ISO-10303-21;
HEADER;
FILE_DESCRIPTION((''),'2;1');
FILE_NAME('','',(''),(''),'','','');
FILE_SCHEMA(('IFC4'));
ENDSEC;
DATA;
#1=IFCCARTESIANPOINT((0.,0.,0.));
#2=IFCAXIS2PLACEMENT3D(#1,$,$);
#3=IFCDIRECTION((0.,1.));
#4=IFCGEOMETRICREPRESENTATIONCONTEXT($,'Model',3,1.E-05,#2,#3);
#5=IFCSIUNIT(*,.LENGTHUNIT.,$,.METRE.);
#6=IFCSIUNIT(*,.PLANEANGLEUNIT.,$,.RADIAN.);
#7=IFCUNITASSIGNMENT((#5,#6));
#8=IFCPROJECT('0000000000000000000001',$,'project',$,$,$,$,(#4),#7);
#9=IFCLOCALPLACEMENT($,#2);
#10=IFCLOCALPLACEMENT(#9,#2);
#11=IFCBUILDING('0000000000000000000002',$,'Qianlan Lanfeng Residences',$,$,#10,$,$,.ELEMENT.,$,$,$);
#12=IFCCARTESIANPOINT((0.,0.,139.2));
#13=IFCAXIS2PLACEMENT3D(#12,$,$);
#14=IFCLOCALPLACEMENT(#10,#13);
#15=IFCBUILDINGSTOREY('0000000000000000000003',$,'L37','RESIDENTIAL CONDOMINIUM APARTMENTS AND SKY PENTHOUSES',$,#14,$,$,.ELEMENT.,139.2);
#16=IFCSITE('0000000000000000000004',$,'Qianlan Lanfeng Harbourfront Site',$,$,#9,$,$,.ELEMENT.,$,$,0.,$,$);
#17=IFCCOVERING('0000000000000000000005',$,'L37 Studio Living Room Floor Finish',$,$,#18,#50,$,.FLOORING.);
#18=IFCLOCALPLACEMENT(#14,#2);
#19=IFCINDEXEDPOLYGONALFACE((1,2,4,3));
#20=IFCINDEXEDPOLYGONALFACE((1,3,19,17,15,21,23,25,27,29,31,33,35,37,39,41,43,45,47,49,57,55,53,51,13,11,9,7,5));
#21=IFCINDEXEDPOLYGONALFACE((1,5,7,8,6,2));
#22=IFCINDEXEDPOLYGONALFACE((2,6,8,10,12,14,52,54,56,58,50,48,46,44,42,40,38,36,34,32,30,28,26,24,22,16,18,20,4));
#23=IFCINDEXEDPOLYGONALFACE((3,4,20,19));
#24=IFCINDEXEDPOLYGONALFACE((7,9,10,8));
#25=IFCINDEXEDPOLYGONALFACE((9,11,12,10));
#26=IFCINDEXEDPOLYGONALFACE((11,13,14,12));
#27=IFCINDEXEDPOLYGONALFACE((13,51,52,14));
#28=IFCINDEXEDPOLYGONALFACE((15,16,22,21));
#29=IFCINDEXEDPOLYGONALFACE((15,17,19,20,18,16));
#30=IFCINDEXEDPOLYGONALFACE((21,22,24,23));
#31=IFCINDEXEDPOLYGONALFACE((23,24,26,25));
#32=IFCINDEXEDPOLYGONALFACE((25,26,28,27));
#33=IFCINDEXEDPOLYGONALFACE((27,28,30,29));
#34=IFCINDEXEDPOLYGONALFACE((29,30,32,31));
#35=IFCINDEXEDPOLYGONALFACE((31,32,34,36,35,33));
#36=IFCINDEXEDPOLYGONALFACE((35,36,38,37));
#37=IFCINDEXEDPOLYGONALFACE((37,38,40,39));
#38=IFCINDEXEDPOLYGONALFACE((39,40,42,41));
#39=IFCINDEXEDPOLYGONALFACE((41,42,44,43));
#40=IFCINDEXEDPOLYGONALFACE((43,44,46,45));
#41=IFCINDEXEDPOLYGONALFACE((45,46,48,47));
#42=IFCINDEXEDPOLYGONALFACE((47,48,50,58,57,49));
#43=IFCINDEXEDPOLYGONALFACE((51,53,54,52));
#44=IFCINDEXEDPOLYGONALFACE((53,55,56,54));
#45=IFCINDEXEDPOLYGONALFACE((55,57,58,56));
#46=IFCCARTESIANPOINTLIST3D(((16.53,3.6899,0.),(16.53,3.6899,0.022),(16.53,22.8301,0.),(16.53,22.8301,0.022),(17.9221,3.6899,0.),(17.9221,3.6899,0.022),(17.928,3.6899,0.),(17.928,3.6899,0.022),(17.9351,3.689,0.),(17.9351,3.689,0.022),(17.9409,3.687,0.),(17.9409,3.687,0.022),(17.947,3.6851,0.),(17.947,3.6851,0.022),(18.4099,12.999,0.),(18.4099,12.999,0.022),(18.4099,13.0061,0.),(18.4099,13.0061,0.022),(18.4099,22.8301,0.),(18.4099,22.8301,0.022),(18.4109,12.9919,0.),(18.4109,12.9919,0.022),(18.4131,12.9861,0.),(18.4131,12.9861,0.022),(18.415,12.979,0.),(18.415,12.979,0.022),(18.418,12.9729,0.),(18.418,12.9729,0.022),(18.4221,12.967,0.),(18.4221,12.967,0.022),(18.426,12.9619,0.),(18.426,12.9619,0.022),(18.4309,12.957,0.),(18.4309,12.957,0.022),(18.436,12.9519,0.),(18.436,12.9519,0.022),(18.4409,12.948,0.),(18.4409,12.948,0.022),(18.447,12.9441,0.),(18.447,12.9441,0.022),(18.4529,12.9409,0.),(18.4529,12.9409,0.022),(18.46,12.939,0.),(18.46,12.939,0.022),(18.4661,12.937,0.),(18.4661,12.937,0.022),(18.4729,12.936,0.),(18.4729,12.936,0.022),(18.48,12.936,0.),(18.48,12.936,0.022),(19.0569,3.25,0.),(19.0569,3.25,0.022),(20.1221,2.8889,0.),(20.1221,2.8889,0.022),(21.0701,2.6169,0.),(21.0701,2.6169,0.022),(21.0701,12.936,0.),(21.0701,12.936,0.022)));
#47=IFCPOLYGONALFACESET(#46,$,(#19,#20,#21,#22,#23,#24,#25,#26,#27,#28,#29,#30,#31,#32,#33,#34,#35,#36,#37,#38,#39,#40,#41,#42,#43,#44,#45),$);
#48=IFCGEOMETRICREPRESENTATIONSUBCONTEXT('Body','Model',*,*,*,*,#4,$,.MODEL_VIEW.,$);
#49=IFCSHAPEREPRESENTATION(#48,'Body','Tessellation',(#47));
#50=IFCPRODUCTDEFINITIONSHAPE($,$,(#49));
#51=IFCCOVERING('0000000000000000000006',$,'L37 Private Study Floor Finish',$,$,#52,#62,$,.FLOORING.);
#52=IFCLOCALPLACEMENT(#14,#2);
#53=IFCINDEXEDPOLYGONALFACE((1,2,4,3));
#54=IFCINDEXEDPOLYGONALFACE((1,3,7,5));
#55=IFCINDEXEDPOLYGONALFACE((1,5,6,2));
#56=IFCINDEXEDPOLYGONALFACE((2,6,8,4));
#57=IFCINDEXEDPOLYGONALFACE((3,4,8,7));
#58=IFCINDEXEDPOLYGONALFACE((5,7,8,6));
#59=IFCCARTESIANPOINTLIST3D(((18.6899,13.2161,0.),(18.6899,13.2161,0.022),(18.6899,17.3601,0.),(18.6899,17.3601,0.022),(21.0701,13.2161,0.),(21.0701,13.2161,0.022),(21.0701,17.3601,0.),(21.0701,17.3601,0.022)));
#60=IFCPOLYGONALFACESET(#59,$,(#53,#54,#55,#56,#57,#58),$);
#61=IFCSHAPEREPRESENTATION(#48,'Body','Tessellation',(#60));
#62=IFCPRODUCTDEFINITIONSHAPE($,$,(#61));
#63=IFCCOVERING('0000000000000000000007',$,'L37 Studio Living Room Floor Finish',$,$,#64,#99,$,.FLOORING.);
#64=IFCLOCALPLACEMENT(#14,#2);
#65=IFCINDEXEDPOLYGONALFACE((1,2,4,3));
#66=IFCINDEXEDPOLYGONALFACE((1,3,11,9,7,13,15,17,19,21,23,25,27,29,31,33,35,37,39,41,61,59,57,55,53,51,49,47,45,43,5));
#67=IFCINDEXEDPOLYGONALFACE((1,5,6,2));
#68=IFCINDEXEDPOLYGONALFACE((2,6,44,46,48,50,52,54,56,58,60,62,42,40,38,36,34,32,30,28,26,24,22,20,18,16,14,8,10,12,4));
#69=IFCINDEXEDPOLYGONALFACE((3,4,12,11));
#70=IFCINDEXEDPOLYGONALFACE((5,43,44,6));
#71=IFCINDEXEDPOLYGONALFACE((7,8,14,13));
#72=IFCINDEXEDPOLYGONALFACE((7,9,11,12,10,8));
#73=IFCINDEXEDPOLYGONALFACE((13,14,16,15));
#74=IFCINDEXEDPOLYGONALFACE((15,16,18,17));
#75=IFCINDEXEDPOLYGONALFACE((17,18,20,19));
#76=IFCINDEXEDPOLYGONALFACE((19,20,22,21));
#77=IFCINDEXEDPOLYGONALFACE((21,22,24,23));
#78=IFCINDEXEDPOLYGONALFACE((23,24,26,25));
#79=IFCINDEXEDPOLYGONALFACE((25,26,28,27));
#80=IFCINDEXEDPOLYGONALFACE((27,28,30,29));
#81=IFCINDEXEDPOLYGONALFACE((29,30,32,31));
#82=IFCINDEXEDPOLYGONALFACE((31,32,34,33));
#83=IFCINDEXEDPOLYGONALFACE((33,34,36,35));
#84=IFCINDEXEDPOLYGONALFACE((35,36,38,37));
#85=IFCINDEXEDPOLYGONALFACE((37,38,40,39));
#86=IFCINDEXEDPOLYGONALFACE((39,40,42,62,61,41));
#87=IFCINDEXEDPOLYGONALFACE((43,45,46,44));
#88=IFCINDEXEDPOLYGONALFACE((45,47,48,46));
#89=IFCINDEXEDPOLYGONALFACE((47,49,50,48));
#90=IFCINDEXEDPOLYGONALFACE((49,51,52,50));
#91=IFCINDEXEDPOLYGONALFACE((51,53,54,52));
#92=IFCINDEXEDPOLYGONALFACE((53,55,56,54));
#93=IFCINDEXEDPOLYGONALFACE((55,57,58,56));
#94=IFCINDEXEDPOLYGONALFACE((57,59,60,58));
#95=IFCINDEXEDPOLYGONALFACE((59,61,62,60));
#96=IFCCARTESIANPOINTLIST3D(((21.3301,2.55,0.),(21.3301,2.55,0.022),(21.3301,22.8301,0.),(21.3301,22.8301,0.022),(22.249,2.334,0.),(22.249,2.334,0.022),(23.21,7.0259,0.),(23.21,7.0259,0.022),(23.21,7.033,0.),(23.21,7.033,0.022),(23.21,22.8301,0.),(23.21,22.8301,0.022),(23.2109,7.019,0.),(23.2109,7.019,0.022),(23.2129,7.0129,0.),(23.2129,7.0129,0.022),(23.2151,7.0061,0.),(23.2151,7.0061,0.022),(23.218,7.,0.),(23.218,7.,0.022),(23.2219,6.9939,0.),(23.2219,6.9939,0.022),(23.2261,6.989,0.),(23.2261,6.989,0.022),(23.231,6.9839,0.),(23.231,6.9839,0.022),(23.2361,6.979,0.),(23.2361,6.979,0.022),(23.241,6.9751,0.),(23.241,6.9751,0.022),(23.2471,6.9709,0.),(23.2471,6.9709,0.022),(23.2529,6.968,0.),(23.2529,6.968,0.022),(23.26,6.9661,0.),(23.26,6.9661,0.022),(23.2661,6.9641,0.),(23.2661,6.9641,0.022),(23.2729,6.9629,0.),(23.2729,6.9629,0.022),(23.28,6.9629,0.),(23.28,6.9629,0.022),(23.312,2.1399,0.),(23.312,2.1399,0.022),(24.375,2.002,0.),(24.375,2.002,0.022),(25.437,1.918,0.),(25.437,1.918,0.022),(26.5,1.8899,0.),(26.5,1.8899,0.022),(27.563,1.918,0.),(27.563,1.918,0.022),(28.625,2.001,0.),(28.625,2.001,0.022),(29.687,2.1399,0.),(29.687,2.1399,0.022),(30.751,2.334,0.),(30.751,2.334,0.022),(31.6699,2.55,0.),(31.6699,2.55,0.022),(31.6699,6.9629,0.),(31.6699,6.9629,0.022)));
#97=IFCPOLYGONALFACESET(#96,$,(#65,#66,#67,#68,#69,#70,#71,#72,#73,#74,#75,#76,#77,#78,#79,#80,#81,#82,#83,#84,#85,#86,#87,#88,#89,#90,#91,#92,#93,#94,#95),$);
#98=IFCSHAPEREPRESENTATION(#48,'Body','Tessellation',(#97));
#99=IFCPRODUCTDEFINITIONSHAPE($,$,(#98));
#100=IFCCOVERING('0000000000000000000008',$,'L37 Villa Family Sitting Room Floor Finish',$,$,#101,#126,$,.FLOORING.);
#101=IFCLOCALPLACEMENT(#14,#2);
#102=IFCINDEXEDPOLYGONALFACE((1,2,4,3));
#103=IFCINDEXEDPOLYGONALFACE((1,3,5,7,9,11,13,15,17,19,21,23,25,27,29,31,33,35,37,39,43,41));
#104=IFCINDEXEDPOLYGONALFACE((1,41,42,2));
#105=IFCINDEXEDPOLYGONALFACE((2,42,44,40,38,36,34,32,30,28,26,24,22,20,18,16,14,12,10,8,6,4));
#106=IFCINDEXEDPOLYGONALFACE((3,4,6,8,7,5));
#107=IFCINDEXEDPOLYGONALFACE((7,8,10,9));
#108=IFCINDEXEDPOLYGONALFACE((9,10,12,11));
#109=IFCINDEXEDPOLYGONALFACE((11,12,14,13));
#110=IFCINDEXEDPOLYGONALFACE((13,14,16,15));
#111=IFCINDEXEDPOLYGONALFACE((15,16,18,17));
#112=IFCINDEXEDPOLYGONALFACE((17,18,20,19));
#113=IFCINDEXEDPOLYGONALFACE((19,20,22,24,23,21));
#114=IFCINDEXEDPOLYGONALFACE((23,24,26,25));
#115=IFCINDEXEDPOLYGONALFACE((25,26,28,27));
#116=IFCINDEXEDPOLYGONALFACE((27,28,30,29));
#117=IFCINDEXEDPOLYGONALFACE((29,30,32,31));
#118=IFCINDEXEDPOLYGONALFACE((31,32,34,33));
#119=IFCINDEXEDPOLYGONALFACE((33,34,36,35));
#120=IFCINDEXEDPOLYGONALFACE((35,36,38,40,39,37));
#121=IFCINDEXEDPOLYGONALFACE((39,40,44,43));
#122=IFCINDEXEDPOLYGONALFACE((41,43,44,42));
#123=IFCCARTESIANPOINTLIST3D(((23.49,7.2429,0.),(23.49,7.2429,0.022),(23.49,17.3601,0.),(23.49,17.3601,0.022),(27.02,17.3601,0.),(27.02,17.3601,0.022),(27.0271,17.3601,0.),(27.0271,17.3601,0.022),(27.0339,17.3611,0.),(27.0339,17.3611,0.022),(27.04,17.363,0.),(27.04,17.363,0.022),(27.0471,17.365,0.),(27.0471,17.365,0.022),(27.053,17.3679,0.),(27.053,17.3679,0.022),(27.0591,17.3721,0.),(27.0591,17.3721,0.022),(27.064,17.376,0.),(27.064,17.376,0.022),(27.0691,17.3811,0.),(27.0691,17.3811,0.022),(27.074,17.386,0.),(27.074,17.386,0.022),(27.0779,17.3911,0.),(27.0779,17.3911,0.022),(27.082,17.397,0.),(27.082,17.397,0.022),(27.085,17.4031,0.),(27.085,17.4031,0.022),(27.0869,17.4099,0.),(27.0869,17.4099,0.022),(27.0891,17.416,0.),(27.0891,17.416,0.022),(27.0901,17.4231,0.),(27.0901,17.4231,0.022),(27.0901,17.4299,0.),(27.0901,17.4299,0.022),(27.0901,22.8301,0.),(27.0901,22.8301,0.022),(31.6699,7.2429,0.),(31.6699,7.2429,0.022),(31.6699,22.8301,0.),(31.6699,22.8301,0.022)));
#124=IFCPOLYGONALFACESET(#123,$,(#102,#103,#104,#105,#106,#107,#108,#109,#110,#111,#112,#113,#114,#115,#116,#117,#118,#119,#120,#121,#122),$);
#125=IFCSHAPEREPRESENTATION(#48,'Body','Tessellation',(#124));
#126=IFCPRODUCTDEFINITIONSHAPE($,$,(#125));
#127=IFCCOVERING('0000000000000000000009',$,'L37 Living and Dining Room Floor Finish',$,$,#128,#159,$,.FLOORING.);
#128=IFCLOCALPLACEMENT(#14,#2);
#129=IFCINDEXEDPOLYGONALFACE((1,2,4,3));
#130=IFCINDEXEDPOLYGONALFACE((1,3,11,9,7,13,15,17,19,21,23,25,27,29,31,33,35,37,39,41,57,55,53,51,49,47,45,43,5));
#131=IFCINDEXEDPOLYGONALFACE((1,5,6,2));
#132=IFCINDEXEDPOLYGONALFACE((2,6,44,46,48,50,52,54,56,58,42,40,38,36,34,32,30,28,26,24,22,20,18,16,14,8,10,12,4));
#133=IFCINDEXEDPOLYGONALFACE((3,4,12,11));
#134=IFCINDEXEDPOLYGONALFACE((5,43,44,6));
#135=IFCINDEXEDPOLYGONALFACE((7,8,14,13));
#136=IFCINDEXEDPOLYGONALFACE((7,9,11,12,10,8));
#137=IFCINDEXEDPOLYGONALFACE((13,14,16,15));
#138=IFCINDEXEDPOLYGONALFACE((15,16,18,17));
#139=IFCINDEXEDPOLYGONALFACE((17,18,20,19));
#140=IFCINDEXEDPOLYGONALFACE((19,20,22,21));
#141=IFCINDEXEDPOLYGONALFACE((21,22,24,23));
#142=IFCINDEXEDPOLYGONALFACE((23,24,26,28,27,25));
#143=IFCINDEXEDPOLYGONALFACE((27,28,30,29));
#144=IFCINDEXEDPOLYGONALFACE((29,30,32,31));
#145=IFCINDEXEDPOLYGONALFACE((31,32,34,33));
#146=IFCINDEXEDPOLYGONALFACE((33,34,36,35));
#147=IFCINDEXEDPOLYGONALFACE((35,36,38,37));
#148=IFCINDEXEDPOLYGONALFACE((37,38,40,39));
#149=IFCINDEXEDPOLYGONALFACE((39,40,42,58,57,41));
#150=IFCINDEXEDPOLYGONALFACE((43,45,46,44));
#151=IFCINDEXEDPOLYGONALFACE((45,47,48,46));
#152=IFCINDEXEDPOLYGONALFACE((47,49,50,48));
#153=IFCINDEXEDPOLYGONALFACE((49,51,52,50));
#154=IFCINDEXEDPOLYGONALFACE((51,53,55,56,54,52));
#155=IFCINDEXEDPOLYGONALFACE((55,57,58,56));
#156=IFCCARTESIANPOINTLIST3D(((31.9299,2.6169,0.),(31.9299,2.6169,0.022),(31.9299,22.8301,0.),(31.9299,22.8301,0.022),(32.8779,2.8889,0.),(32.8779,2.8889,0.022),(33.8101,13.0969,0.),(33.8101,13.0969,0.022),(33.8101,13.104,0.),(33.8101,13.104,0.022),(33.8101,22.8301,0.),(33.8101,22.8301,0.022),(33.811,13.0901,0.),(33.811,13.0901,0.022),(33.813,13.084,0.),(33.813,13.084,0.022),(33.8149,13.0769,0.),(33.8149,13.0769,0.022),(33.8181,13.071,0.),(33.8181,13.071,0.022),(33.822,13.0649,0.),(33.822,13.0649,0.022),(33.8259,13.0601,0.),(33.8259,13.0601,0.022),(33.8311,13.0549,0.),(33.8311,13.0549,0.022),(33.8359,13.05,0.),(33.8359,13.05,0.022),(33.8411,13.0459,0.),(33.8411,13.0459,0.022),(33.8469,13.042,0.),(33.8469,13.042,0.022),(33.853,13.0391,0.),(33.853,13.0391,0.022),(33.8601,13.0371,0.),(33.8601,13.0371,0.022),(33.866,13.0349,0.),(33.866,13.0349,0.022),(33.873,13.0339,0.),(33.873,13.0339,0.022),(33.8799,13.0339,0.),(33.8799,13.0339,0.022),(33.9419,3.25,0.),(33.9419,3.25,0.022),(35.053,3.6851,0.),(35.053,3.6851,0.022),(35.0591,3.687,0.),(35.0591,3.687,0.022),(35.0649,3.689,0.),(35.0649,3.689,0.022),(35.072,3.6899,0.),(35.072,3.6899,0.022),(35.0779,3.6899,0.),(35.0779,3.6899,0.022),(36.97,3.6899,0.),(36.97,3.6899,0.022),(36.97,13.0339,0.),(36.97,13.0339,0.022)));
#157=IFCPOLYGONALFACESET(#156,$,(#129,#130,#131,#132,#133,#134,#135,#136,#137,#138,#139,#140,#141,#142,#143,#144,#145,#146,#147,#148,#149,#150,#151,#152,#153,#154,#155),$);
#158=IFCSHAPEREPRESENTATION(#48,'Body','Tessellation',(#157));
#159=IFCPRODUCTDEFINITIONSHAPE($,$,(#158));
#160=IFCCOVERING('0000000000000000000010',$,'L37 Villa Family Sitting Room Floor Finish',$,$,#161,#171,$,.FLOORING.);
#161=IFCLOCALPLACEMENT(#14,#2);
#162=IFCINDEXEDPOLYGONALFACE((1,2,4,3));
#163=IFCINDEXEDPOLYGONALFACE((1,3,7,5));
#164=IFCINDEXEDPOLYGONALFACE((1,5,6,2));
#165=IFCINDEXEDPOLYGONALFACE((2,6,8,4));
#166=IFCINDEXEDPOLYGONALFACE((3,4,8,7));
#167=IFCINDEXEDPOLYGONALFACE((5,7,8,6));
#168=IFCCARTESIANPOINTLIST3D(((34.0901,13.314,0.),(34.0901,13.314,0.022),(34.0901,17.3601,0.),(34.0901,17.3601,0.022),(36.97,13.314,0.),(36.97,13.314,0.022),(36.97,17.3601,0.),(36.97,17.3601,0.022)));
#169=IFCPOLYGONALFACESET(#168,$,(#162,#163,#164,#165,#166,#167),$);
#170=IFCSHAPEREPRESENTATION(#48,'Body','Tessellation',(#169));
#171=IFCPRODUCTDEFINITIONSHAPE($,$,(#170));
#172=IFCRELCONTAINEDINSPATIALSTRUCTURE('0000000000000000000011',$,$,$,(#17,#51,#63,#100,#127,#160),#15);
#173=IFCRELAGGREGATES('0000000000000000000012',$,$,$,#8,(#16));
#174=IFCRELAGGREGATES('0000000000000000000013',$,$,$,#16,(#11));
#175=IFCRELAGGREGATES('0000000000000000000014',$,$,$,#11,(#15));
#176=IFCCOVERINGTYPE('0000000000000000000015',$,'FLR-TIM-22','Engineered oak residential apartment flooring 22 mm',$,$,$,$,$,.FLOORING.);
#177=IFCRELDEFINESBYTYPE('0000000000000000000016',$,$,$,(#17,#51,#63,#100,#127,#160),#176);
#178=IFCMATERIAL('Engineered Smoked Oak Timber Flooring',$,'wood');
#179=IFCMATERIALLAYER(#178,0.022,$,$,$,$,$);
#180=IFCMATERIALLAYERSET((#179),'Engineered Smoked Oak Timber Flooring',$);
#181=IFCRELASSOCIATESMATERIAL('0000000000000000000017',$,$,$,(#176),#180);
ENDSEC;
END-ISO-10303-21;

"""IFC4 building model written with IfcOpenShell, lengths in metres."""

from ifc_helpers import new_model, si_unit, direction, frame, origin, place, context, subcontext, project, spatial, polyline, outline, extrude, material, layer, layer_set, type_object, element, save


model = new_model("IFC4")

# Units and contexts
model_context = context("Model", 3, precision=1e-05, world=origin(), true_north=direction((0.0, 1.0)))
body_context = subcontext(model_context, "Body", "Model", "MODEL_VIEW")
ifc_project = project(units=[si_unit("LENGTHUNIT", "METRE"), si_unit("PLANEANGLEUNIT", "RADIAN")], contexts=[model_context])

# Site, building, storey
site_placement = place(None, origin())
site = spatial("IfcSite", under=ifc_project, at=site_placement, Name="Qianlan Lanfeng Harbourfront Site", CompositionType="ELEMENT", RefElevation=0.0)
building_placement = place(site_placement, origin())
building = spatial("IfcBuilding", under=site, at=building_placement, Name="Qianlan Lanfeng Residences", CompositionType="ELEMENT")
storey_placement = place(building_placement, frame((0.0, 0.0, 139.2)))
storey = spatial("IfcBuildingStorey", under=building, at=storey_placement, Name="L37", Description="RESIDENTIAL CONDOMINIUM APARTMENTS AND SKY PENTHOUSES", CompositionType="ELEMENT", Elevation=139.2)

# Coverings
ifc_material_1 = material(Name="Engineered Smoked Oak Timber Flooring", Category="wood")
ifc_layer_1 = layer(ifc_material_1, 0.022)
ifc_layer_set_1 = layer_set([ifc_layer_1], Name="Engineered Smoked Oak Timber Flooring")
covering_type_1 = type_object("IfcCoveringType", Name="FLR-TIM-22", Description="Engineered oak residential apartment flooring 22 mm", PredefinedType="FLOORING", material=ifc_layer_set_1)
covering_1_placement = place(storey_placement, origin())
element("IfcCovering", 1, at=covering_1_placement, inside=storey, type_object=covering_type_1, Name="L37 Studio Living Room Floor Finish", PredefinedType="FLOORING", context=body_context, shape_type="SweptSolid", body=[
    extrude(outline(polyline([(21.0701, 2.6169), (21.0701, 12.936), (18.48, 12.936), (18.4729, 12.936), (18.4661, 12.937), (18.46, 12.939), (18.4529, 12.9409), (18.447, 12.9441), (18.4409, 12.948), (18.436, 12.9519), (18.4309, 12.957), (18.426, 12.9619), (18.4221, 12.967), (18.418, 12.9729), (18.415, 12.979), (18.4131, 12.9861), (18.4109, 12.9919), (18.4099, 12.999), (18.4099, 13.0061), (18.4099, 22.8301), (16.53, 22.8301), (16.53, 3.6899), (17.9221, 3.6899), (17.928, 3.6899), (17.9351, 3.689), (17.9409, 3.687), (17.947, 3.6851), (19.0569, 3.25), (20.1221, 2.8889), (21.0701, 2.6169)])), origin(), (0.0, 0.0, 1.0), 0.022),
])
covering_2_placement = place(storey_placement, origin())
element("IfcCovering", 2, at=covering_2_placement, inside=storey, type_object=covering_type_1, Name="L37 Private Study Floor Finish", PredefinedType="FLOORING", context=body_context, shape_type="SweptSolid", body=[
    extrude(outline(polyline([(18.6899, 17.3601), (18.6899, 13.2161), (21.0701, 13.2161), (21.0701, 17.3601), (18.6899, 17.3601)])), origin(), (0.0, 0.0, 1.0), 0.022),
])
covering_3_placement = place(storey_placement, origin())
element("IfcCovering", 3, at=covering_3_placement, inside=storey, type_object=covering_type_1, Name="L37 Studio Living Room Floor Finish", PredefinedType="FLOORING", context=body_context, shape_type="SweptSolid", body=[
    extrude(outline(polyline([(31.6699, 2.55), (31.6699, 6.9629), (23.28, 6.9629), (23.2729, 6.9629), (23.2661, 6.9641), (23.26, 6.9661), (23.2529, 6.968), (23.2471, 6.9709), (23.241, 6.9751), (23.2361, 6.979), (23.231, 6.9839), (23.2261, 6.989), (23.2219, 6.9939), (23.218, 7.0), (23.2151, 7.0061), (23.2129, 7.0129), (23.2109, 7.019), (23.21, 7.0259), (23.21, 7.033), (23.21, 22.8301), (21.3301, 22.8301), (21.3301, 2.55), (22.249, 2.334), (23.312, 2.1399), (24.375, 2.002), (25.437, 1.918), (26.5, 1.8899), (27.563, 1.918), (28.625, 2.001), (29.687, 2.1399), (30.751, 2.334), (31.6699, 2.55)])), origin(), (0.0, 0.0, 1.0), 0.022),
])
covering_4_placement = place(storey_placement, origin())
element("IfcCovering", 4, at=covering_4_placement, inside=storey, type_object=covering_type_1, Name="L37 Villa Family Sitting Room Floor Finish", PredefinedType="FLOORING", context=body_context, shape_type="SweptSolid", body=[
    extrude(outline(polyline([(23.49, 7.2429), (31.6699, 7.2429), (31.6699, 22.8301), (27.0901, 22.8301), (27.0901, 17.4299), (27.0901, 17.4231), (27.0891, 17.416), (27.0869, 17.4099), (27.085, 17.4031), (27.082, 17.397), (27.0779, 17.3911), (27.074, 17.386), (27.0691, 17.3811), (27.064, 17.376), (27.0591, 17.3721), (27.053, 17.3679), (27.0471, 17.365), (27.04, 17.363), (27.0339, 17.3611), (27.0271, 17.3601), (27.02, 17.3601), (23.49, 17.3601), (23.49, 7.2429)])), origin(), (0.0, 0.0, 1.0), 0.022),
])
covering_5_placement = place(storey_placement, origin())
element("IfcCovering", 5, at=covering_5_placement, inside=storey, type_object=covering_type_1, Name="L37 Living and Dining Room Floor Finish", PredefinedType="FLOORING", context=body_context, shape_type="SweptSolid", body=[
    extrude(outline(polyline([(36.97, 3.6899), (36.97, 13.0339), (33.8799, 13.0339), (33.873, 13.0339), (33.866, 13.0349), (33.8601, 13.0371), (33.853, 13.0391), (33.8469, 13.042), (33.8411, 13.0459), (33.8359, 13.05), (33.8311, 13.0549), (33.8259, 13.0601), (33.822, 13.0649), (33.8181, 13.071), (33.8149, 13.0769), (33.813, 13.084), (33.811, 13.0901), (33.8101, 13.0969), (33.8101, 13.104), (33.8101, 22.8301), (31.9299, 22.8301), (31.9299, 2.6169), (32.8779, 2.8889), (33.9419, 3.25), (35.053, 3.6851), (35.0591, 3.687), (35.0649, 3.689), (35.072, 3.6899), (35.0779, 3.6899), (36.97, 3.6899)])), origin(), (0.0, 0.0, 1.0), 0.022),
])
covering_6_placement = place(storey_placement, origin())
element("IfcCovering", 6, at=covering_6_placement, inside=storey, type_object=covering_type_1, Name="L37 Villa Family Sitting Room Floor Finish", PredefinedType="FLOORING", context=body_context, shape_type="SweptSolid", body=[
    extrude(outline(polyline([(34.0901, 17.3601), (34.0901, 13.314), (36.97, 13.314), (36.97, 17.3601), (34.0901, 17.3601)])), origin(), (0.0, 0.0, 1.0), 0.022),
])

save(model, "model.ifc")
